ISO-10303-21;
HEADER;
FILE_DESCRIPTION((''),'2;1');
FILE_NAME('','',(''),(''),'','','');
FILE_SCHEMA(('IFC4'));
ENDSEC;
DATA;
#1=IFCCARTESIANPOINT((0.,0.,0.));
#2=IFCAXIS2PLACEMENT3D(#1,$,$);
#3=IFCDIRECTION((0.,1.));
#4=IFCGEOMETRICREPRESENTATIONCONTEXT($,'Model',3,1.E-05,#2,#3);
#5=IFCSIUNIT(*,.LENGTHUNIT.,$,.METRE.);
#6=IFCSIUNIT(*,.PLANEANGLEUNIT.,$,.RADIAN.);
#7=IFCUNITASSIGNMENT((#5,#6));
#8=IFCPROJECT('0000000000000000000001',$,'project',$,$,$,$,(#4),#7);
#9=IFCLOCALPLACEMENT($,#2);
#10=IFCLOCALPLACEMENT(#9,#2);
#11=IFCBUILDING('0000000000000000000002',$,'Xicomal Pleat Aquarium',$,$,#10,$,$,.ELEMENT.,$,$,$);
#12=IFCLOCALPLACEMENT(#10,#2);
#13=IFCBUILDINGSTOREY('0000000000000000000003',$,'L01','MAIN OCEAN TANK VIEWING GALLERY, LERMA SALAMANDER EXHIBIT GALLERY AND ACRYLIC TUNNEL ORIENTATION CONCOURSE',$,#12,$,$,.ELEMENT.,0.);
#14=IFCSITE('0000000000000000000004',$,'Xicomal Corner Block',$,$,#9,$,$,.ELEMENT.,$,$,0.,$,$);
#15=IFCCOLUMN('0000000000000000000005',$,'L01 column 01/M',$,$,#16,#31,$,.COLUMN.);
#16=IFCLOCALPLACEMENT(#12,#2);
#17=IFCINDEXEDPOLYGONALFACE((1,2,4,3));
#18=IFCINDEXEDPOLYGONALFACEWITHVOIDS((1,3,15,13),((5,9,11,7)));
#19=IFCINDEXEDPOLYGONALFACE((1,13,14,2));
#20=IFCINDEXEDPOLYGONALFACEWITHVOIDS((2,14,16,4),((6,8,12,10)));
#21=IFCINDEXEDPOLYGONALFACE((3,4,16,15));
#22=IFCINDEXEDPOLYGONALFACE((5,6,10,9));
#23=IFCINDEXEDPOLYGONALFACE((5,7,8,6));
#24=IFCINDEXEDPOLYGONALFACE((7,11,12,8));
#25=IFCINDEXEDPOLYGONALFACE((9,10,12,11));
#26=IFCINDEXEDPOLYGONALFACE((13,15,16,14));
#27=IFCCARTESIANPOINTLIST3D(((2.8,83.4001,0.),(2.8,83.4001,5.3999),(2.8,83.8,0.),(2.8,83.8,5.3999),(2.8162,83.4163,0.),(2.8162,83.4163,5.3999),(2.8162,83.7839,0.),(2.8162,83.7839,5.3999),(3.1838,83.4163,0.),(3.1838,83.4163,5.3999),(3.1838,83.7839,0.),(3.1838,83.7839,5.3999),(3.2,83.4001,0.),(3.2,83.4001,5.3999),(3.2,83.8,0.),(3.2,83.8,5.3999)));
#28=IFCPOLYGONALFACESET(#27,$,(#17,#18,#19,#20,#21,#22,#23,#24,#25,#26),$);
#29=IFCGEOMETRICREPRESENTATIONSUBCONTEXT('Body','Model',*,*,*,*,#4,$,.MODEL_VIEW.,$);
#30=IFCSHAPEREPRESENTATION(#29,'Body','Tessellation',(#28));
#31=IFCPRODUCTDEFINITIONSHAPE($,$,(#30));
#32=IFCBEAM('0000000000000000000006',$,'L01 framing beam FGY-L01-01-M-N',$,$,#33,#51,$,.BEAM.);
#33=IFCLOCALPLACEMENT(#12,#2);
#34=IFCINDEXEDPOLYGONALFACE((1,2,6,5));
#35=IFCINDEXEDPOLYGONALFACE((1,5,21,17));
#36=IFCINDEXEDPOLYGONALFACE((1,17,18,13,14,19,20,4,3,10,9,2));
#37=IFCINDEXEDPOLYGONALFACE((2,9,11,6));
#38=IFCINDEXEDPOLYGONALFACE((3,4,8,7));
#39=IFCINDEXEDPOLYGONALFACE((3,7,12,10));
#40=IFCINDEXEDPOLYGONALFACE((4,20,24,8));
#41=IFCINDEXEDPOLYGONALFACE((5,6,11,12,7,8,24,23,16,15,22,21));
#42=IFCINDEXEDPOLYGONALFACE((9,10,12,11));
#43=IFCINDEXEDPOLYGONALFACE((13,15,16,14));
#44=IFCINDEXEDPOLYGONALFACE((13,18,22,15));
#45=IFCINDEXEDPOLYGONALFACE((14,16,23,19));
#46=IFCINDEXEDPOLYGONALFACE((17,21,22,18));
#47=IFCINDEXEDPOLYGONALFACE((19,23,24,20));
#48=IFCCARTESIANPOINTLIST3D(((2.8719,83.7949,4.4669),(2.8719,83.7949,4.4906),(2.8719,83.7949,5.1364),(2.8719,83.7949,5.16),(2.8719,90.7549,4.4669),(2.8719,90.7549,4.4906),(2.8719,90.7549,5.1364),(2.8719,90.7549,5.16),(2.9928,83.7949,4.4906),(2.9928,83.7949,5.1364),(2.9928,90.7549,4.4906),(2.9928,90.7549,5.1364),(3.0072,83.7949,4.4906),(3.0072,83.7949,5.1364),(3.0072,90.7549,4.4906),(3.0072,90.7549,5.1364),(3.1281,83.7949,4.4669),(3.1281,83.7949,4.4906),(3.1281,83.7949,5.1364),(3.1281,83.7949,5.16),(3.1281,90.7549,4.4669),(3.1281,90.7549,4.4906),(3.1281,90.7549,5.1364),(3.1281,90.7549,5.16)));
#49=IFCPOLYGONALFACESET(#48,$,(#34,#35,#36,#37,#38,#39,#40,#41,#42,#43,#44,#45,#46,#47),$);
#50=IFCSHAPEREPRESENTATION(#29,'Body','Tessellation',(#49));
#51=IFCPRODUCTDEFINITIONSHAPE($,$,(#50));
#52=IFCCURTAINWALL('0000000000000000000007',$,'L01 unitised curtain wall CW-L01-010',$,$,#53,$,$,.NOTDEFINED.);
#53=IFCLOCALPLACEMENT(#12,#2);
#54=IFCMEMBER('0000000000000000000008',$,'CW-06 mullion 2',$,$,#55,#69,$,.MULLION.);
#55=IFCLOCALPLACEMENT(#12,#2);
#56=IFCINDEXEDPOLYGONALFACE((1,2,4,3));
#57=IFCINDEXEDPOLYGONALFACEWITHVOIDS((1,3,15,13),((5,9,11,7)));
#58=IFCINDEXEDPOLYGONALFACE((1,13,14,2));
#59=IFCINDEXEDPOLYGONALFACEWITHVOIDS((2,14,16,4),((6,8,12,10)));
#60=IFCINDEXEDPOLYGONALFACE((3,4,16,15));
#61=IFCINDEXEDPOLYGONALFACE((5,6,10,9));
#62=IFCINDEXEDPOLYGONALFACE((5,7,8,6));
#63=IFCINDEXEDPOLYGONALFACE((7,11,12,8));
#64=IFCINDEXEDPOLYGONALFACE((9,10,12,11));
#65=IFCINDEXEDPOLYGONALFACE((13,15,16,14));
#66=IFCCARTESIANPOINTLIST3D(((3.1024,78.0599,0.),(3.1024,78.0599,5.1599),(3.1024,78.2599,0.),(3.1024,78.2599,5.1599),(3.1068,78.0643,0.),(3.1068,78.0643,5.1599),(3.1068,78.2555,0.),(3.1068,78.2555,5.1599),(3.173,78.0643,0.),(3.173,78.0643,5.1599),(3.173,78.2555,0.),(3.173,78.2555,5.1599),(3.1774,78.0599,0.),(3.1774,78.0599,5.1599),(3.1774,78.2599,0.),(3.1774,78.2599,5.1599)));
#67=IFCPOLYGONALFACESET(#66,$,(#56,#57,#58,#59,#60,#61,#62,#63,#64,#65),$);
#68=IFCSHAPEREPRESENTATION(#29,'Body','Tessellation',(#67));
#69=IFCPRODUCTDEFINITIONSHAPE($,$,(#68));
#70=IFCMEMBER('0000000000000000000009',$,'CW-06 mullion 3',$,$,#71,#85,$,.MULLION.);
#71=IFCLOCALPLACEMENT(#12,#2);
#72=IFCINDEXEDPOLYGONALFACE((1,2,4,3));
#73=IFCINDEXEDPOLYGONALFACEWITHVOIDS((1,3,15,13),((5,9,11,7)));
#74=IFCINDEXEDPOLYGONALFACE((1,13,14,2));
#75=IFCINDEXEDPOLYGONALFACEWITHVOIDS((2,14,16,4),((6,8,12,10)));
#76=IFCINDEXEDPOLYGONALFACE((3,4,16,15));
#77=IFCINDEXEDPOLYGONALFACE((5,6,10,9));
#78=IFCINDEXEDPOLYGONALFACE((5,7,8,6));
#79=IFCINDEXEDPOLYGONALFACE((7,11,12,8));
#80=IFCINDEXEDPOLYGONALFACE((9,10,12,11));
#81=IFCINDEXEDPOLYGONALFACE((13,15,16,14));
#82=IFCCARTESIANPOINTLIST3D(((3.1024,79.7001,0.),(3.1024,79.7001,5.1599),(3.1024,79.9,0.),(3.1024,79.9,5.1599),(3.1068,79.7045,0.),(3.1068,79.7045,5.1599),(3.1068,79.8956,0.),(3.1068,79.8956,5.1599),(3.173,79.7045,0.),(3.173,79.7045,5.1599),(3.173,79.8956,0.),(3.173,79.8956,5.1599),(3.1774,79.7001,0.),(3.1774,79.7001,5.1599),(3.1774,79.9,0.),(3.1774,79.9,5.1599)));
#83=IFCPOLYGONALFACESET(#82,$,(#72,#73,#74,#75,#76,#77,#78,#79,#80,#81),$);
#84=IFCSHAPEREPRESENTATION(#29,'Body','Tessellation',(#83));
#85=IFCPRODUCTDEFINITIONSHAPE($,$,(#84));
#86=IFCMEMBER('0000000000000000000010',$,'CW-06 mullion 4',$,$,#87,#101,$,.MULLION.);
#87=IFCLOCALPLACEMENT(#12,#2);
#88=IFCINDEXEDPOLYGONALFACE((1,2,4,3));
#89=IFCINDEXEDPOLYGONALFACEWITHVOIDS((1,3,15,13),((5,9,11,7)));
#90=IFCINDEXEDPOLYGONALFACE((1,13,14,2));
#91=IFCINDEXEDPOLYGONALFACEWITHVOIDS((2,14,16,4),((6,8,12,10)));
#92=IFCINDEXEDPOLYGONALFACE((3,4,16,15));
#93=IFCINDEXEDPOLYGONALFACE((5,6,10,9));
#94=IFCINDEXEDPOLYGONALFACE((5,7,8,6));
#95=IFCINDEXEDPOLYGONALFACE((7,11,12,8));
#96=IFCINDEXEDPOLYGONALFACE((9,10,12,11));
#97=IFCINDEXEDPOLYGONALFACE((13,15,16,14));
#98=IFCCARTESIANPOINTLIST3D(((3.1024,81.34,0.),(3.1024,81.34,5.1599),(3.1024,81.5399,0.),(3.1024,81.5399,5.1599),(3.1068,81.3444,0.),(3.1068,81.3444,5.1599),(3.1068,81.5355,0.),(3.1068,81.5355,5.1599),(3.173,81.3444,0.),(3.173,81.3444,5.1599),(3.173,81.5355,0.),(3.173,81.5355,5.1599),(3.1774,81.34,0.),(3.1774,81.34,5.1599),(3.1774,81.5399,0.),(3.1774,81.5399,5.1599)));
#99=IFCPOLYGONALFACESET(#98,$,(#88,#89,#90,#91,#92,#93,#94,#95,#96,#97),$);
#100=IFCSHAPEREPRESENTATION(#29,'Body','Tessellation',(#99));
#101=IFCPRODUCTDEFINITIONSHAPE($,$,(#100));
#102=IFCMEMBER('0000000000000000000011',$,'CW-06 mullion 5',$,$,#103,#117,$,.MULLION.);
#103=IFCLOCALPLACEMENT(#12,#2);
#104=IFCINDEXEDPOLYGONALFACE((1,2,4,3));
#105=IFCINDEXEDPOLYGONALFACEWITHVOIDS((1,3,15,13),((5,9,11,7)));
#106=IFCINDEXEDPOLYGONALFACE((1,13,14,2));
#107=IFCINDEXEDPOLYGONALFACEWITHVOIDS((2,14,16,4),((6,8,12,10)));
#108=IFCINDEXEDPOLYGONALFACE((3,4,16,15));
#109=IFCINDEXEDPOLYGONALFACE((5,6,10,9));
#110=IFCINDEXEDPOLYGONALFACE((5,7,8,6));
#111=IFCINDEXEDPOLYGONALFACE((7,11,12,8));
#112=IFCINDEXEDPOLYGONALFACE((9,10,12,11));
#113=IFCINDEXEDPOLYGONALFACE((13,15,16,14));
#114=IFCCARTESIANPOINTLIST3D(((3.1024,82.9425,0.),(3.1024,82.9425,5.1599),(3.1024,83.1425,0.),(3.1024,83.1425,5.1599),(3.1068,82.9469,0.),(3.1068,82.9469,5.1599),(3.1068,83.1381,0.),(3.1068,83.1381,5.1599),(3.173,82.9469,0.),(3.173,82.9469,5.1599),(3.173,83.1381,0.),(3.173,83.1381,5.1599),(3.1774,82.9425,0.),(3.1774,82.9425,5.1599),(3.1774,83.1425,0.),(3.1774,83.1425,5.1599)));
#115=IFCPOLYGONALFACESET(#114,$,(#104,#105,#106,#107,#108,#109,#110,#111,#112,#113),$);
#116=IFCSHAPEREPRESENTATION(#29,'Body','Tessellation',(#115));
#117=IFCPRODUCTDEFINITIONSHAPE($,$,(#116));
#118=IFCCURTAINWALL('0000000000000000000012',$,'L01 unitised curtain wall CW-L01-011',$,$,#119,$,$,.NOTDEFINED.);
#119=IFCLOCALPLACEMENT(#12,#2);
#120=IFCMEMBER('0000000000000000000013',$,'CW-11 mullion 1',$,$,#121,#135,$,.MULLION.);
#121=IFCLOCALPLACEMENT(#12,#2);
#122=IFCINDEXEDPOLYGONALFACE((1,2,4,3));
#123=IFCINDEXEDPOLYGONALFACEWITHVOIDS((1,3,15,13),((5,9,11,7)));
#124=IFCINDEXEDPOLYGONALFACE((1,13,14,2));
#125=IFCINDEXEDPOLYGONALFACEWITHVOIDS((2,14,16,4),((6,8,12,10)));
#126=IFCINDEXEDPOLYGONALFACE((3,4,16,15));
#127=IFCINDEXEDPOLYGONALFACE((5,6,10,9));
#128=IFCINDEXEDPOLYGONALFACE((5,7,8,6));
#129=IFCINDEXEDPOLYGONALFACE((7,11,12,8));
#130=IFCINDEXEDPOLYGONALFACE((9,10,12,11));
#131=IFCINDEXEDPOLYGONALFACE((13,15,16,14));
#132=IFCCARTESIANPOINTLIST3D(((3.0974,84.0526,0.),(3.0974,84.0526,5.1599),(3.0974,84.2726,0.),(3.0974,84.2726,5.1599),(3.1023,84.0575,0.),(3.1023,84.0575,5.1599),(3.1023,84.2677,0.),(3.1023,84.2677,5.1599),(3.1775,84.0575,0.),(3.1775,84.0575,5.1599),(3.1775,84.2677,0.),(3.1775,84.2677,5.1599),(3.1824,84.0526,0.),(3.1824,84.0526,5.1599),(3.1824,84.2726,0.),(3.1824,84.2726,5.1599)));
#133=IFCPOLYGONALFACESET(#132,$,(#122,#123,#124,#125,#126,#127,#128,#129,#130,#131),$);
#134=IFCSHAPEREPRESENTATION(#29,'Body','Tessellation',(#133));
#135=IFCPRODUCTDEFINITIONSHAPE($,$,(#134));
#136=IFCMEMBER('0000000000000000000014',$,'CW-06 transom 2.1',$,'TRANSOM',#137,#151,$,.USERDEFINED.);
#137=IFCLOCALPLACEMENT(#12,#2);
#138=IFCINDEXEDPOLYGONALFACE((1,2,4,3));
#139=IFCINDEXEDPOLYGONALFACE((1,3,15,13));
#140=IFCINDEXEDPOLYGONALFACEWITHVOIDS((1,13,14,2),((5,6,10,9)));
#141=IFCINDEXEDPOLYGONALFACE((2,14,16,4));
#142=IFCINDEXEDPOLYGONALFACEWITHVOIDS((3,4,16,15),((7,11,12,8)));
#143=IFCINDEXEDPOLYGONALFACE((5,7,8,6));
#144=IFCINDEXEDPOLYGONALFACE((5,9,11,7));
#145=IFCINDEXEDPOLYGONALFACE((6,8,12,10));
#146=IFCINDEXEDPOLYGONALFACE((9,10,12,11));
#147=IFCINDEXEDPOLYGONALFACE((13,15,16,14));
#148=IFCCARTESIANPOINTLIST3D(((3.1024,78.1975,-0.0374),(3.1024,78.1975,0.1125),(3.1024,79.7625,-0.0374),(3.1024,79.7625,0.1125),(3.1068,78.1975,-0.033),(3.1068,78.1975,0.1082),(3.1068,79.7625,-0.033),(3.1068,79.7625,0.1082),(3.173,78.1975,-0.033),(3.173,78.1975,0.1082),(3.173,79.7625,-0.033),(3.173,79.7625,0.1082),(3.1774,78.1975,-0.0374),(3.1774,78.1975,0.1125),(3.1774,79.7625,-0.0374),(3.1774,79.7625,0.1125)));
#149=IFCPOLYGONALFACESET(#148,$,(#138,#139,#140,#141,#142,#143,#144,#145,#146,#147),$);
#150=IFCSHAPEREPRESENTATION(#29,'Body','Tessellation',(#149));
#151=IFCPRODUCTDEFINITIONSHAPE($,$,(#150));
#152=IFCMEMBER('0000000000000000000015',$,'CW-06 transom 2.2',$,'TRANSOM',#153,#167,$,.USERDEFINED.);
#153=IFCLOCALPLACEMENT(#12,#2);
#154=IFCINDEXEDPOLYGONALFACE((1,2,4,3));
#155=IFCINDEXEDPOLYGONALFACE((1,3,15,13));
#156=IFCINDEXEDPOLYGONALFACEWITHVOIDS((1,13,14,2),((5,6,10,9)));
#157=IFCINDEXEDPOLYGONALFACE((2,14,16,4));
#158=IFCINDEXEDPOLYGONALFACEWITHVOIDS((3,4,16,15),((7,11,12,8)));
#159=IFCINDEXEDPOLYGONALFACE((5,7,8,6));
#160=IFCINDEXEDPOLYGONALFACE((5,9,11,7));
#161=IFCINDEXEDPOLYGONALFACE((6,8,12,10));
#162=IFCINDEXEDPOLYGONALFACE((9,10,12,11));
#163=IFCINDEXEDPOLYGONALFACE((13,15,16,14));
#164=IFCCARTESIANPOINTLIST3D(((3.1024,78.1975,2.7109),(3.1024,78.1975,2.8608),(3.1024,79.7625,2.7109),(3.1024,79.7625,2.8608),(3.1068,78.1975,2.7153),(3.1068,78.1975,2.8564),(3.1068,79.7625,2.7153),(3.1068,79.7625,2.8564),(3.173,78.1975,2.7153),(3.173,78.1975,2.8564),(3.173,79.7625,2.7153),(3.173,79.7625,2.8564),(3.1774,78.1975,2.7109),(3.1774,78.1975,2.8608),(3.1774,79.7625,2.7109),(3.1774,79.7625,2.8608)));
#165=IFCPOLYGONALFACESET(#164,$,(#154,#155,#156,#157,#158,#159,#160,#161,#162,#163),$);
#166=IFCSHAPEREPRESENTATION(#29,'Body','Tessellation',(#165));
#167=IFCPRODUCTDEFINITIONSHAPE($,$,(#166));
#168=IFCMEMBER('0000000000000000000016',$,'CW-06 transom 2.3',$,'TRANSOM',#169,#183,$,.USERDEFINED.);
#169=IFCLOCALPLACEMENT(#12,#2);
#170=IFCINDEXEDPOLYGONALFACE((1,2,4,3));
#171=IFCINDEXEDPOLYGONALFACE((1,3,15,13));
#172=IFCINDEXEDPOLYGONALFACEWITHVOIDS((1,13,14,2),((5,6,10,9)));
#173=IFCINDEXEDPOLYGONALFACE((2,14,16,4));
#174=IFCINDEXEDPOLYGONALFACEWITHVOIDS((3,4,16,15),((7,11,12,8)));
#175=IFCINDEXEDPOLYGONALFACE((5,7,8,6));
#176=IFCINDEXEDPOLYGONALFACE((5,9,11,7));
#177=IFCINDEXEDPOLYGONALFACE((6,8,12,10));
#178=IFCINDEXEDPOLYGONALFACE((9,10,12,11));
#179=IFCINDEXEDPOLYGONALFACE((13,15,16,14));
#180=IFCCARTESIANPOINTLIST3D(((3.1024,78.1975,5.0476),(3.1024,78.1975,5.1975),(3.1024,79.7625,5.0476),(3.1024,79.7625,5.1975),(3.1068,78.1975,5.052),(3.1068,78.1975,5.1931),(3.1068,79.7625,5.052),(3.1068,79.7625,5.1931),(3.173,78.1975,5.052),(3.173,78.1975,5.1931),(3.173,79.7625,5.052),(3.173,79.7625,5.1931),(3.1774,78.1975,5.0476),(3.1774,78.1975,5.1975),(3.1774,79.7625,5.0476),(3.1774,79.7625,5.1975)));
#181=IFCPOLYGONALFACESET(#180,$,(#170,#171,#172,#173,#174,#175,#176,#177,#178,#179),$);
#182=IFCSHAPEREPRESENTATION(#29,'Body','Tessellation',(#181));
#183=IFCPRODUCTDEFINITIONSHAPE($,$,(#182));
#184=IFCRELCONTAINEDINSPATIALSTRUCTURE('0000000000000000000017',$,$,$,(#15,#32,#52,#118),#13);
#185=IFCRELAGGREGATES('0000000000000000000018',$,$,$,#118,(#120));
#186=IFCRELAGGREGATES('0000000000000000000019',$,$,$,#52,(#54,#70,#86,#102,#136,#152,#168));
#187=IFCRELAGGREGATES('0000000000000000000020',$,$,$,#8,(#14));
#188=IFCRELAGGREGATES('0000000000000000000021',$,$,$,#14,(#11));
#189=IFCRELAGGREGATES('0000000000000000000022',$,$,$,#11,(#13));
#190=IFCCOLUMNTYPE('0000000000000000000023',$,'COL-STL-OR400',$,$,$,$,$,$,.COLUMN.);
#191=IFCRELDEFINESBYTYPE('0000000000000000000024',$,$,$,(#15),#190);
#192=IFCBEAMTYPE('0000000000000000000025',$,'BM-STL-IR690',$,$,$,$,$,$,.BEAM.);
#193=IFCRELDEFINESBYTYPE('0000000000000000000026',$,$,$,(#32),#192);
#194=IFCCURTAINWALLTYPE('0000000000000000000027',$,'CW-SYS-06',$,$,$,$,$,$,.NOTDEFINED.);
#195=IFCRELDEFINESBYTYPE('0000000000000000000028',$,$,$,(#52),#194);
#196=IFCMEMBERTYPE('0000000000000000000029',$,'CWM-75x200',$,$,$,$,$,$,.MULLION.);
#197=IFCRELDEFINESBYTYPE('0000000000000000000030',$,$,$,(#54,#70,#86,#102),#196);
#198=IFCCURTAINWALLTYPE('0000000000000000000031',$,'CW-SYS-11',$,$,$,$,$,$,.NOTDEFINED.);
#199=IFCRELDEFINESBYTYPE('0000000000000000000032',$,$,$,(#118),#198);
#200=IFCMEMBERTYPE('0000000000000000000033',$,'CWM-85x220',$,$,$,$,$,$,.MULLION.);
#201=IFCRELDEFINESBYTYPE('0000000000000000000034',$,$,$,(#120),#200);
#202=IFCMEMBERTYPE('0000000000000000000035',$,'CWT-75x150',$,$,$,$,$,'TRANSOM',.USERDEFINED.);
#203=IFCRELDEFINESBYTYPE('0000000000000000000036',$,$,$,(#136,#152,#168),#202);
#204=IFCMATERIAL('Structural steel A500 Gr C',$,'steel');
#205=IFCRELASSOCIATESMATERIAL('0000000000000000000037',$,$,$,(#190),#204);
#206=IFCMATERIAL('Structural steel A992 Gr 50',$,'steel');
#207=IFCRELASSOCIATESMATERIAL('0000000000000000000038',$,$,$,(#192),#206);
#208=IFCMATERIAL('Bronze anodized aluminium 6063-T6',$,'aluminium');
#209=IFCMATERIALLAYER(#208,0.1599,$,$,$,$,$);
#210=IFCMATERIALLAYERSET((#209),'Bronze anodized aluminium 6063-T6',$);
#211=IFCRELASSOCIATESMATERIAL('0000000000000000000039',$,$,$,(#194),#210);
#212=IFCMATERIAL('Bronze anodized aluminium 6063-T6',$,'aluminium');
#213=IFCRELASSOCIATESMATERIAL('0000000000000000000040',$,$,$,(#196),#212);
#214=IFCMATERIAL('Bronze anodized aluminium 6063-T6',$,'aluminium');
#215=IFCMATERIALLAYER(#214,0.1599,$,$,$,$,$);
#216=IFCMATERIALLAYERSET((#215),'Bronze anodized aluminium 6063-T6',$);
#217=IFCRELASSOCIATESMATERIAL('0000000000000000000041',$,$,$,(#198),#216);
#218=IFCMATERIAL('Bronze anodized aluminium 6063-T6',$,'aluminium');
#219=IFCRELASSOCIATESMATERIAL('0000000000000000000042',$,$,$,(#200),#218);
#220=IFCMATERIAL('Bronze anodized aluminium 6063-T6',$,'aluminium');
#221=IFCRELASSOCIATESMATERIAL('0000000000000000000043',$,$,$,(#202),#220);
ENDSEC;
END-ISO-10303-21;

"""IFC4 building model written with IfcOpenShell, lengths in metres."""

from ifc_helpers import new_model, si_unit, direction, frame, origin, origin_2d, place, context, subcontext, project, spatial, hollow_rectangle, i_section, extrude, material, layer, layer_set, material_profile, profile_set, type_object, element, aggregate, save


model = new_model("IFC4")

# Units and contexts
model_context = context("Model", 3, precision=1e-05, world=origin(), true_north=direction((0.0, 1.0)))
body_context = subcontext(model_context, "Body", "Model", "MODEL_VIEW")
ifc_project = project(units=[si_unit("LENGTHUNIT", "METRE"), si_unit("PLANEANGLEUNIT", "RADIAN")], contexts=[model_context])

# Site, building, storey
site_placement = place(None, origin())
site = spatial("IfcSite", under=ifc_project, at=site_placement, Name="Xicomal Corner Block", CompositionType="ELEMENT", RefElevation=0.0)
building_placement = place(site_placement, origin())
building = spatial("IfcBuilding", under=site, at=building_placement, Name="Xicomal Pleat Aquarium", CompositionType="ELEMENT")
storey_placement = place(building_placement, origin())
storey = spatial("IfcBuildingStorey", under=building, at=storey_placement, Name="L01", Description="MAIN OCEAN TANK VIEWING GALLERY, LERMA SALAMANDER EXHIBIT GALLERY AND ACRYLIC TUNNEL ORIENTATION CONCOURSE", CompositionType="ELEMENT", Elevation=0.0)

# Column
ifc_material_1 = material(Name="Structural steel A500 Gr C", Category="steel")
ifc_material_profile_1 = material_profile(ifc_material_1, hollow_rectangle(XDim=0.3999, YDim=0.3999, WallThickness=0.0161, at=origin_2d()), Name="OR 400x400x16")
ifc_profile_set_1 = profile_set([ifc_material_profile_1], Name="Structural steel A500 Gr C")
column_type = type_object("IfcColumnType", Name="COL-STL-OR400", PredefinedType="COLUMN", material=ifc_profile_set_1)
column_placement = place(storey_placement, frame((3.0, 83.6001, 0.0), z_axis=(0.0, 0.0, 1.0), x_axis=(1.0, 0.0, 0.0)))
element("IfcColumn", 1, at=column_placement, inside=storey, type_object=column_type, Name="L01 column 01/M", PredefinedType="COLUMN", context=body_context, shape_type="SweptSolid", body=[
    extrude(hollow_rectangle(XDim=0.3999, YDim=0.3999, WallThickness=0.0161, at=origin_2d()), origin(), (0.0, 0.0, 1.0), 5.3999),
])

# Beam
ifc_material_2 = material(Name="Structural steel A992 Gr 50", Category="steel")
ifc_material_profile_2 = material_profile(ifc_material_2, i_section(OverallWidth=0.2561, OverallDepth=0.6931, WebThickness=0.0144, FlangeThickness=0.0237, at=origin_2d()), Name="IR 690x170")
ifc_profile_set_2 = profile_set([ifc_material_profile_2], Name="Structural steel A992 Gr 50")
beam_type = type_object("IfcBeamType", Name="BM-STL-IR690", PredefinedType="BEAM", material=ifc_profile_set_2)
beam_placement = place(storey_placement, frame((3.0, 83.7949, 4.8135), z_axis=(0.0, 1.0, 0.0), x_axis=(-1.0, 0.0, 0.0)))
element("IfcBeam", 2, at=beam_placement, inside=storey, type_object=beam_type, Name="L01 framing beam FGY-L01-01-M-N", PredefinedType="BEAM", context=body_context, shape_type="SweptSolid", body=[
    extrude(i_section(OverallWidth=0.2561, OverallDepth=0.6931, WebThickness=0.0144, FlangeThickness=0.0237, at=origin_2d()), origin(), (0.0, 0.0, 1.0), 6.96),
])

# Curtain wall, members
ifc_material_3 = material(Name="Bronze anodized aluminium 6063-T6", Category="aluminium")
ifc_layer_1 = layer(ifc_material_3, 0.1599)
ifc_layer_set_1 = layer_set([ifc_layer_1], Name="Bronze anodized aluminium 6063-T6")
curtain_wall_type_1 = type_object("IfcCurtainWallType", Name="CW-SYS-06", PredefinedType="NOTDEFINED", material=ifc_layer_set_1)
curtain_wall_1_placement = place(storey_placement, origin())
curtain_wall_1 = element("IfcCurtainWall", 3, at=curtain_wall_1_placement, inside=storey, type_object=curtain_wall_type_1, Name="L01 unitised curtain wall CW-L01-010", PredefinedType="NOTDEFINED")
ifc_material_4 = material(Name="Bronze anodized aluminium 6063-T6", Category="aluminium")
ifc_material_profile_3 = material_profile(ifc_material_4, hollow_rectangle(XDim=0.075, YDim=0.2, WallThickness=0.0044, at=origin_2d()), Name="ALU MULL 75x200")
ifc_profile_set_3 = profile_set([ifc_material_profile_3], Name="Bronze anodized aluminium 6063-T6")
member_type_1 = type_object("IfcMemberType", Name="CWM-75x200", PredefinedType="MULLION", material=ifc_profile_set_3)
member_1_placement = place(storey_placement, frame((3.1399, 78.1599, 0.0), z_axis=(0.0, 0.0, 1.0), x_axis=(-1.0, 0.0, 0.0)))
member_1 = element("IfcMember", 4, at=member_1_placement, type_object=member_type_1, Name="CW-06 mullion 2", PredefinedType="MULLION", context=body_context, shape_type="SweptSolid", body=[
    extrude(hollow_rectangle(XDim=0.075, YDim=0.2, WallThickness=0.0044, at=origin_2d()), origin(), (0.0, 0.0, 1.0), 5.1599),
])
member_2_placement = place(storey_placement, frame((3.1399, 79.8, 0.0), z_axis=(0.0, 0.0, 1.0), x_axis=(-1.0, 0.0, 0.0)))
member_2 = element("IfcMember", 5, at=member_2_placement, type_object=member_type_1, Name="CW-06 mullion 3", PredefinedType="MULLION", context=body_context, shape_type="SweptSolid", body=[
    extrude(hollow_rectangle(XDim=0.075, YDim=0.2, WallThickness=0.0044, at=origin_2d()), origin(), (0.0, 0.0, 1.0), 5.1599),
])
member_3_placement = place(storey_placement, frame((3.1399, 81.4399, 0.0), z_axis=(0.0, 0.0, 1.0), x_axis=(-1.0, 0.0, 0.0)))
member_3 = element("IfcMember", 6, at=member_3_placement, type_object=member_type_1, Name="CW-06 mullion 4", PredefinedType="MULLION", context=body_context, shape_type="SweptSolid", body=[
    extrude(hollow_rectangle(XDim=0.075, YDim=0.2, WallThickness=0.0044, at=origin_2d()), origin(), (0.0, 0.0, 1.0), 5.1599),
])
member_4_placement = place(storey_placement, frame((3.1399, 83.0425, 0.0), z_axis=(0.0, 0.0, 1.0), x_axis=(-1.0, 0.0, 0.0)))
member_4 = element("IfcMember", 7, at=member_4_placement, type_object=member_type_1, Name="CW-06 mullion 5", PredefinedType="MULLION", context=body_context, shape_type="SweptSolid", body=[
    extrude(hollow_rectangle(XDim=0.075, YDim=0.2, WallThickness=0.0044, at=origin_2d()), origin(), (0.0, 0.0, 1.0), 5.1599),
])

# Curtain wall, member
ifc_material_5 = material(Name="Bronze anodized aluminium 6063-T6", Category="aluminium")
ifc_layer_2 = layer(ifc_material_5, 0.1599)
ifc_layer_set_2 = layer_set([ifc_layer_2], Name="Bronze anodized aluminium 6063-T6")
curtain_wall_type_2 = type_object("IfcCurtainWallType", Name="CW-SYS-11", PredefinedType="NOTDEFINED", material=ifc_layer_set_2)
curtain_wall_2_placement = place(storey_placement, origin())
curtain_wall_2 = element("IfcCurtainWall", 8, at=curtain_wall_2_placement, inside=storey, type_object=curtain_wall_type_2, Name="L01 unitised curtain wall CW-L01-011", PredefinedType="NOTDEFINED")
ifc_material_6 = material(Name="Bronze anodized aluminium 6063-T6", Category="aluminium")
ifc_material_profile_4 = material_profile(ifc_material_6, hollow_rectangle(XDim=0.085, YDim=0.22, WallThickness=0.0049, at=origin_2d()), Name="ALU MULL 85x220")
ifc_profile_set_4 = profile_set([ifc_material_profile_4], Name="Bronze anodized aluminium 6063-T6")
member_type_2 = type_object("IfcMemberType", Name="CWM-85x220", PredefinedType="MULLION", material=ifc_profile_set_4)
member_5_placement = place(storey_placement, frame((3.1399, 84.1626, 0.0), z_axis=(0.0, 0.0, 1.0), x_axis=(-1.0, 0.0, 0.0)))
member_5 = element("IfcMember", 9, at=member_5_placement, type_object=member_type_2, Name="CW-11 mullion 1", PredefinedType="MULLION", context=body_context, shape_type="SweptSolid", body=[
    extrude(hollow_rectangle(XDim=0.085, YDim=0.22, WallThickness=0.0049, at=origin_2d()), origin(), (0.0, 0.0, 1.0), 5.1599),
])
aggregate(curtain_wall_2, [member_5])

# Members
ifc_material_7 = material(Name="Bronze anodized aluminium 6063-T6", Category="aluminium")
ifc_material_profile_5 = material_profile(ifc_material_7, hollow_rectangle(XDim=0.075, YDim=0.1499, WallThickness=0.0044, at=origin_2d()), Name="ALU TRAN 75x150")
ifc_profile_set_5 = profile_set([ifc_material_profile_5], Name="Bronze anodized aluminium 6063-T6")
member_type_3 = type_object("IfcMemberType", Name="CWT-75x150", ElementType="TRANSOM", PredefinedType="USERDEFINED", material=ifc_profile_set_5)
member_6_placement = place(storey_placement, frame((3.1399, 78.1975, 0.0376), z_axis=(0.0, 1.0, 0.0), x_axis=(-1.0, 0.0, 0.0)))
member_6 = element("IfcMember", 10, at=member_6_placement, type_object=member_type_3, Name="CW-06 transom 2.1", ObjectType="TRANSOM", PredefinedType="USERDEFINED", context=body_context, shape_type="SweptSolid", body=[
    extrude(hollow_rectangle(XDim=0.075, YDim=0.1499, WallThickness=0.0044, at=origin_2d()), origin(), (0.0, 0.0, 1.0), 1.5649),
])
member_7_placement = place(storey_placement, frame((3.1399, 78.1975, 2.7859), z_axis=(0.0, 1.0, 0.0), x_axis=(-1.0, 0.0, 0.0)))
member_7 = element("IfcMember", 11, at=member_7_placement, type_object=member_type_3, Name="CW-06 transom 2.2", ObjectType="TRANSOM", PredefinedType="USERDEFINED", context=body_context, shape_type="SweptSolid", body=[
    extrude(hollow_rectangle(XDim=0.075, YDim=0.1499, WallThickness=0.0044, at=origin_2d()), origin(), (0.0, 0.0, 1.0), 1.5649),
])
member_8_placement = place(storey_placement, frame((3.1399, 78.1975, 5.1226), z_axis=(0.0, 1.0, 0.0), x_axis=(-1.0, 0.0, 0.0)))
member_8 = element("IfcMember", 12, at=member_8_placement, type_object=member_type_3, Name="CW-06 transom 2.3", ObjectType="TRANSOM", PredefinedType="USERDEFINED", context=body_context, shape_type="SweptSolid", body=[
    extrude(hollow_rectangle(XDim=0.075, YDim=0.1499, WallThickness=0.0044, at=origin_2d()), origin(), (0.0, 0.0, 1.0), 1.5649),
])

aggregate(curtain_wall_1, [member_1, member_2, member_3, member_4, member_6, member_7, member_8])

save(model, "model.ifc")
